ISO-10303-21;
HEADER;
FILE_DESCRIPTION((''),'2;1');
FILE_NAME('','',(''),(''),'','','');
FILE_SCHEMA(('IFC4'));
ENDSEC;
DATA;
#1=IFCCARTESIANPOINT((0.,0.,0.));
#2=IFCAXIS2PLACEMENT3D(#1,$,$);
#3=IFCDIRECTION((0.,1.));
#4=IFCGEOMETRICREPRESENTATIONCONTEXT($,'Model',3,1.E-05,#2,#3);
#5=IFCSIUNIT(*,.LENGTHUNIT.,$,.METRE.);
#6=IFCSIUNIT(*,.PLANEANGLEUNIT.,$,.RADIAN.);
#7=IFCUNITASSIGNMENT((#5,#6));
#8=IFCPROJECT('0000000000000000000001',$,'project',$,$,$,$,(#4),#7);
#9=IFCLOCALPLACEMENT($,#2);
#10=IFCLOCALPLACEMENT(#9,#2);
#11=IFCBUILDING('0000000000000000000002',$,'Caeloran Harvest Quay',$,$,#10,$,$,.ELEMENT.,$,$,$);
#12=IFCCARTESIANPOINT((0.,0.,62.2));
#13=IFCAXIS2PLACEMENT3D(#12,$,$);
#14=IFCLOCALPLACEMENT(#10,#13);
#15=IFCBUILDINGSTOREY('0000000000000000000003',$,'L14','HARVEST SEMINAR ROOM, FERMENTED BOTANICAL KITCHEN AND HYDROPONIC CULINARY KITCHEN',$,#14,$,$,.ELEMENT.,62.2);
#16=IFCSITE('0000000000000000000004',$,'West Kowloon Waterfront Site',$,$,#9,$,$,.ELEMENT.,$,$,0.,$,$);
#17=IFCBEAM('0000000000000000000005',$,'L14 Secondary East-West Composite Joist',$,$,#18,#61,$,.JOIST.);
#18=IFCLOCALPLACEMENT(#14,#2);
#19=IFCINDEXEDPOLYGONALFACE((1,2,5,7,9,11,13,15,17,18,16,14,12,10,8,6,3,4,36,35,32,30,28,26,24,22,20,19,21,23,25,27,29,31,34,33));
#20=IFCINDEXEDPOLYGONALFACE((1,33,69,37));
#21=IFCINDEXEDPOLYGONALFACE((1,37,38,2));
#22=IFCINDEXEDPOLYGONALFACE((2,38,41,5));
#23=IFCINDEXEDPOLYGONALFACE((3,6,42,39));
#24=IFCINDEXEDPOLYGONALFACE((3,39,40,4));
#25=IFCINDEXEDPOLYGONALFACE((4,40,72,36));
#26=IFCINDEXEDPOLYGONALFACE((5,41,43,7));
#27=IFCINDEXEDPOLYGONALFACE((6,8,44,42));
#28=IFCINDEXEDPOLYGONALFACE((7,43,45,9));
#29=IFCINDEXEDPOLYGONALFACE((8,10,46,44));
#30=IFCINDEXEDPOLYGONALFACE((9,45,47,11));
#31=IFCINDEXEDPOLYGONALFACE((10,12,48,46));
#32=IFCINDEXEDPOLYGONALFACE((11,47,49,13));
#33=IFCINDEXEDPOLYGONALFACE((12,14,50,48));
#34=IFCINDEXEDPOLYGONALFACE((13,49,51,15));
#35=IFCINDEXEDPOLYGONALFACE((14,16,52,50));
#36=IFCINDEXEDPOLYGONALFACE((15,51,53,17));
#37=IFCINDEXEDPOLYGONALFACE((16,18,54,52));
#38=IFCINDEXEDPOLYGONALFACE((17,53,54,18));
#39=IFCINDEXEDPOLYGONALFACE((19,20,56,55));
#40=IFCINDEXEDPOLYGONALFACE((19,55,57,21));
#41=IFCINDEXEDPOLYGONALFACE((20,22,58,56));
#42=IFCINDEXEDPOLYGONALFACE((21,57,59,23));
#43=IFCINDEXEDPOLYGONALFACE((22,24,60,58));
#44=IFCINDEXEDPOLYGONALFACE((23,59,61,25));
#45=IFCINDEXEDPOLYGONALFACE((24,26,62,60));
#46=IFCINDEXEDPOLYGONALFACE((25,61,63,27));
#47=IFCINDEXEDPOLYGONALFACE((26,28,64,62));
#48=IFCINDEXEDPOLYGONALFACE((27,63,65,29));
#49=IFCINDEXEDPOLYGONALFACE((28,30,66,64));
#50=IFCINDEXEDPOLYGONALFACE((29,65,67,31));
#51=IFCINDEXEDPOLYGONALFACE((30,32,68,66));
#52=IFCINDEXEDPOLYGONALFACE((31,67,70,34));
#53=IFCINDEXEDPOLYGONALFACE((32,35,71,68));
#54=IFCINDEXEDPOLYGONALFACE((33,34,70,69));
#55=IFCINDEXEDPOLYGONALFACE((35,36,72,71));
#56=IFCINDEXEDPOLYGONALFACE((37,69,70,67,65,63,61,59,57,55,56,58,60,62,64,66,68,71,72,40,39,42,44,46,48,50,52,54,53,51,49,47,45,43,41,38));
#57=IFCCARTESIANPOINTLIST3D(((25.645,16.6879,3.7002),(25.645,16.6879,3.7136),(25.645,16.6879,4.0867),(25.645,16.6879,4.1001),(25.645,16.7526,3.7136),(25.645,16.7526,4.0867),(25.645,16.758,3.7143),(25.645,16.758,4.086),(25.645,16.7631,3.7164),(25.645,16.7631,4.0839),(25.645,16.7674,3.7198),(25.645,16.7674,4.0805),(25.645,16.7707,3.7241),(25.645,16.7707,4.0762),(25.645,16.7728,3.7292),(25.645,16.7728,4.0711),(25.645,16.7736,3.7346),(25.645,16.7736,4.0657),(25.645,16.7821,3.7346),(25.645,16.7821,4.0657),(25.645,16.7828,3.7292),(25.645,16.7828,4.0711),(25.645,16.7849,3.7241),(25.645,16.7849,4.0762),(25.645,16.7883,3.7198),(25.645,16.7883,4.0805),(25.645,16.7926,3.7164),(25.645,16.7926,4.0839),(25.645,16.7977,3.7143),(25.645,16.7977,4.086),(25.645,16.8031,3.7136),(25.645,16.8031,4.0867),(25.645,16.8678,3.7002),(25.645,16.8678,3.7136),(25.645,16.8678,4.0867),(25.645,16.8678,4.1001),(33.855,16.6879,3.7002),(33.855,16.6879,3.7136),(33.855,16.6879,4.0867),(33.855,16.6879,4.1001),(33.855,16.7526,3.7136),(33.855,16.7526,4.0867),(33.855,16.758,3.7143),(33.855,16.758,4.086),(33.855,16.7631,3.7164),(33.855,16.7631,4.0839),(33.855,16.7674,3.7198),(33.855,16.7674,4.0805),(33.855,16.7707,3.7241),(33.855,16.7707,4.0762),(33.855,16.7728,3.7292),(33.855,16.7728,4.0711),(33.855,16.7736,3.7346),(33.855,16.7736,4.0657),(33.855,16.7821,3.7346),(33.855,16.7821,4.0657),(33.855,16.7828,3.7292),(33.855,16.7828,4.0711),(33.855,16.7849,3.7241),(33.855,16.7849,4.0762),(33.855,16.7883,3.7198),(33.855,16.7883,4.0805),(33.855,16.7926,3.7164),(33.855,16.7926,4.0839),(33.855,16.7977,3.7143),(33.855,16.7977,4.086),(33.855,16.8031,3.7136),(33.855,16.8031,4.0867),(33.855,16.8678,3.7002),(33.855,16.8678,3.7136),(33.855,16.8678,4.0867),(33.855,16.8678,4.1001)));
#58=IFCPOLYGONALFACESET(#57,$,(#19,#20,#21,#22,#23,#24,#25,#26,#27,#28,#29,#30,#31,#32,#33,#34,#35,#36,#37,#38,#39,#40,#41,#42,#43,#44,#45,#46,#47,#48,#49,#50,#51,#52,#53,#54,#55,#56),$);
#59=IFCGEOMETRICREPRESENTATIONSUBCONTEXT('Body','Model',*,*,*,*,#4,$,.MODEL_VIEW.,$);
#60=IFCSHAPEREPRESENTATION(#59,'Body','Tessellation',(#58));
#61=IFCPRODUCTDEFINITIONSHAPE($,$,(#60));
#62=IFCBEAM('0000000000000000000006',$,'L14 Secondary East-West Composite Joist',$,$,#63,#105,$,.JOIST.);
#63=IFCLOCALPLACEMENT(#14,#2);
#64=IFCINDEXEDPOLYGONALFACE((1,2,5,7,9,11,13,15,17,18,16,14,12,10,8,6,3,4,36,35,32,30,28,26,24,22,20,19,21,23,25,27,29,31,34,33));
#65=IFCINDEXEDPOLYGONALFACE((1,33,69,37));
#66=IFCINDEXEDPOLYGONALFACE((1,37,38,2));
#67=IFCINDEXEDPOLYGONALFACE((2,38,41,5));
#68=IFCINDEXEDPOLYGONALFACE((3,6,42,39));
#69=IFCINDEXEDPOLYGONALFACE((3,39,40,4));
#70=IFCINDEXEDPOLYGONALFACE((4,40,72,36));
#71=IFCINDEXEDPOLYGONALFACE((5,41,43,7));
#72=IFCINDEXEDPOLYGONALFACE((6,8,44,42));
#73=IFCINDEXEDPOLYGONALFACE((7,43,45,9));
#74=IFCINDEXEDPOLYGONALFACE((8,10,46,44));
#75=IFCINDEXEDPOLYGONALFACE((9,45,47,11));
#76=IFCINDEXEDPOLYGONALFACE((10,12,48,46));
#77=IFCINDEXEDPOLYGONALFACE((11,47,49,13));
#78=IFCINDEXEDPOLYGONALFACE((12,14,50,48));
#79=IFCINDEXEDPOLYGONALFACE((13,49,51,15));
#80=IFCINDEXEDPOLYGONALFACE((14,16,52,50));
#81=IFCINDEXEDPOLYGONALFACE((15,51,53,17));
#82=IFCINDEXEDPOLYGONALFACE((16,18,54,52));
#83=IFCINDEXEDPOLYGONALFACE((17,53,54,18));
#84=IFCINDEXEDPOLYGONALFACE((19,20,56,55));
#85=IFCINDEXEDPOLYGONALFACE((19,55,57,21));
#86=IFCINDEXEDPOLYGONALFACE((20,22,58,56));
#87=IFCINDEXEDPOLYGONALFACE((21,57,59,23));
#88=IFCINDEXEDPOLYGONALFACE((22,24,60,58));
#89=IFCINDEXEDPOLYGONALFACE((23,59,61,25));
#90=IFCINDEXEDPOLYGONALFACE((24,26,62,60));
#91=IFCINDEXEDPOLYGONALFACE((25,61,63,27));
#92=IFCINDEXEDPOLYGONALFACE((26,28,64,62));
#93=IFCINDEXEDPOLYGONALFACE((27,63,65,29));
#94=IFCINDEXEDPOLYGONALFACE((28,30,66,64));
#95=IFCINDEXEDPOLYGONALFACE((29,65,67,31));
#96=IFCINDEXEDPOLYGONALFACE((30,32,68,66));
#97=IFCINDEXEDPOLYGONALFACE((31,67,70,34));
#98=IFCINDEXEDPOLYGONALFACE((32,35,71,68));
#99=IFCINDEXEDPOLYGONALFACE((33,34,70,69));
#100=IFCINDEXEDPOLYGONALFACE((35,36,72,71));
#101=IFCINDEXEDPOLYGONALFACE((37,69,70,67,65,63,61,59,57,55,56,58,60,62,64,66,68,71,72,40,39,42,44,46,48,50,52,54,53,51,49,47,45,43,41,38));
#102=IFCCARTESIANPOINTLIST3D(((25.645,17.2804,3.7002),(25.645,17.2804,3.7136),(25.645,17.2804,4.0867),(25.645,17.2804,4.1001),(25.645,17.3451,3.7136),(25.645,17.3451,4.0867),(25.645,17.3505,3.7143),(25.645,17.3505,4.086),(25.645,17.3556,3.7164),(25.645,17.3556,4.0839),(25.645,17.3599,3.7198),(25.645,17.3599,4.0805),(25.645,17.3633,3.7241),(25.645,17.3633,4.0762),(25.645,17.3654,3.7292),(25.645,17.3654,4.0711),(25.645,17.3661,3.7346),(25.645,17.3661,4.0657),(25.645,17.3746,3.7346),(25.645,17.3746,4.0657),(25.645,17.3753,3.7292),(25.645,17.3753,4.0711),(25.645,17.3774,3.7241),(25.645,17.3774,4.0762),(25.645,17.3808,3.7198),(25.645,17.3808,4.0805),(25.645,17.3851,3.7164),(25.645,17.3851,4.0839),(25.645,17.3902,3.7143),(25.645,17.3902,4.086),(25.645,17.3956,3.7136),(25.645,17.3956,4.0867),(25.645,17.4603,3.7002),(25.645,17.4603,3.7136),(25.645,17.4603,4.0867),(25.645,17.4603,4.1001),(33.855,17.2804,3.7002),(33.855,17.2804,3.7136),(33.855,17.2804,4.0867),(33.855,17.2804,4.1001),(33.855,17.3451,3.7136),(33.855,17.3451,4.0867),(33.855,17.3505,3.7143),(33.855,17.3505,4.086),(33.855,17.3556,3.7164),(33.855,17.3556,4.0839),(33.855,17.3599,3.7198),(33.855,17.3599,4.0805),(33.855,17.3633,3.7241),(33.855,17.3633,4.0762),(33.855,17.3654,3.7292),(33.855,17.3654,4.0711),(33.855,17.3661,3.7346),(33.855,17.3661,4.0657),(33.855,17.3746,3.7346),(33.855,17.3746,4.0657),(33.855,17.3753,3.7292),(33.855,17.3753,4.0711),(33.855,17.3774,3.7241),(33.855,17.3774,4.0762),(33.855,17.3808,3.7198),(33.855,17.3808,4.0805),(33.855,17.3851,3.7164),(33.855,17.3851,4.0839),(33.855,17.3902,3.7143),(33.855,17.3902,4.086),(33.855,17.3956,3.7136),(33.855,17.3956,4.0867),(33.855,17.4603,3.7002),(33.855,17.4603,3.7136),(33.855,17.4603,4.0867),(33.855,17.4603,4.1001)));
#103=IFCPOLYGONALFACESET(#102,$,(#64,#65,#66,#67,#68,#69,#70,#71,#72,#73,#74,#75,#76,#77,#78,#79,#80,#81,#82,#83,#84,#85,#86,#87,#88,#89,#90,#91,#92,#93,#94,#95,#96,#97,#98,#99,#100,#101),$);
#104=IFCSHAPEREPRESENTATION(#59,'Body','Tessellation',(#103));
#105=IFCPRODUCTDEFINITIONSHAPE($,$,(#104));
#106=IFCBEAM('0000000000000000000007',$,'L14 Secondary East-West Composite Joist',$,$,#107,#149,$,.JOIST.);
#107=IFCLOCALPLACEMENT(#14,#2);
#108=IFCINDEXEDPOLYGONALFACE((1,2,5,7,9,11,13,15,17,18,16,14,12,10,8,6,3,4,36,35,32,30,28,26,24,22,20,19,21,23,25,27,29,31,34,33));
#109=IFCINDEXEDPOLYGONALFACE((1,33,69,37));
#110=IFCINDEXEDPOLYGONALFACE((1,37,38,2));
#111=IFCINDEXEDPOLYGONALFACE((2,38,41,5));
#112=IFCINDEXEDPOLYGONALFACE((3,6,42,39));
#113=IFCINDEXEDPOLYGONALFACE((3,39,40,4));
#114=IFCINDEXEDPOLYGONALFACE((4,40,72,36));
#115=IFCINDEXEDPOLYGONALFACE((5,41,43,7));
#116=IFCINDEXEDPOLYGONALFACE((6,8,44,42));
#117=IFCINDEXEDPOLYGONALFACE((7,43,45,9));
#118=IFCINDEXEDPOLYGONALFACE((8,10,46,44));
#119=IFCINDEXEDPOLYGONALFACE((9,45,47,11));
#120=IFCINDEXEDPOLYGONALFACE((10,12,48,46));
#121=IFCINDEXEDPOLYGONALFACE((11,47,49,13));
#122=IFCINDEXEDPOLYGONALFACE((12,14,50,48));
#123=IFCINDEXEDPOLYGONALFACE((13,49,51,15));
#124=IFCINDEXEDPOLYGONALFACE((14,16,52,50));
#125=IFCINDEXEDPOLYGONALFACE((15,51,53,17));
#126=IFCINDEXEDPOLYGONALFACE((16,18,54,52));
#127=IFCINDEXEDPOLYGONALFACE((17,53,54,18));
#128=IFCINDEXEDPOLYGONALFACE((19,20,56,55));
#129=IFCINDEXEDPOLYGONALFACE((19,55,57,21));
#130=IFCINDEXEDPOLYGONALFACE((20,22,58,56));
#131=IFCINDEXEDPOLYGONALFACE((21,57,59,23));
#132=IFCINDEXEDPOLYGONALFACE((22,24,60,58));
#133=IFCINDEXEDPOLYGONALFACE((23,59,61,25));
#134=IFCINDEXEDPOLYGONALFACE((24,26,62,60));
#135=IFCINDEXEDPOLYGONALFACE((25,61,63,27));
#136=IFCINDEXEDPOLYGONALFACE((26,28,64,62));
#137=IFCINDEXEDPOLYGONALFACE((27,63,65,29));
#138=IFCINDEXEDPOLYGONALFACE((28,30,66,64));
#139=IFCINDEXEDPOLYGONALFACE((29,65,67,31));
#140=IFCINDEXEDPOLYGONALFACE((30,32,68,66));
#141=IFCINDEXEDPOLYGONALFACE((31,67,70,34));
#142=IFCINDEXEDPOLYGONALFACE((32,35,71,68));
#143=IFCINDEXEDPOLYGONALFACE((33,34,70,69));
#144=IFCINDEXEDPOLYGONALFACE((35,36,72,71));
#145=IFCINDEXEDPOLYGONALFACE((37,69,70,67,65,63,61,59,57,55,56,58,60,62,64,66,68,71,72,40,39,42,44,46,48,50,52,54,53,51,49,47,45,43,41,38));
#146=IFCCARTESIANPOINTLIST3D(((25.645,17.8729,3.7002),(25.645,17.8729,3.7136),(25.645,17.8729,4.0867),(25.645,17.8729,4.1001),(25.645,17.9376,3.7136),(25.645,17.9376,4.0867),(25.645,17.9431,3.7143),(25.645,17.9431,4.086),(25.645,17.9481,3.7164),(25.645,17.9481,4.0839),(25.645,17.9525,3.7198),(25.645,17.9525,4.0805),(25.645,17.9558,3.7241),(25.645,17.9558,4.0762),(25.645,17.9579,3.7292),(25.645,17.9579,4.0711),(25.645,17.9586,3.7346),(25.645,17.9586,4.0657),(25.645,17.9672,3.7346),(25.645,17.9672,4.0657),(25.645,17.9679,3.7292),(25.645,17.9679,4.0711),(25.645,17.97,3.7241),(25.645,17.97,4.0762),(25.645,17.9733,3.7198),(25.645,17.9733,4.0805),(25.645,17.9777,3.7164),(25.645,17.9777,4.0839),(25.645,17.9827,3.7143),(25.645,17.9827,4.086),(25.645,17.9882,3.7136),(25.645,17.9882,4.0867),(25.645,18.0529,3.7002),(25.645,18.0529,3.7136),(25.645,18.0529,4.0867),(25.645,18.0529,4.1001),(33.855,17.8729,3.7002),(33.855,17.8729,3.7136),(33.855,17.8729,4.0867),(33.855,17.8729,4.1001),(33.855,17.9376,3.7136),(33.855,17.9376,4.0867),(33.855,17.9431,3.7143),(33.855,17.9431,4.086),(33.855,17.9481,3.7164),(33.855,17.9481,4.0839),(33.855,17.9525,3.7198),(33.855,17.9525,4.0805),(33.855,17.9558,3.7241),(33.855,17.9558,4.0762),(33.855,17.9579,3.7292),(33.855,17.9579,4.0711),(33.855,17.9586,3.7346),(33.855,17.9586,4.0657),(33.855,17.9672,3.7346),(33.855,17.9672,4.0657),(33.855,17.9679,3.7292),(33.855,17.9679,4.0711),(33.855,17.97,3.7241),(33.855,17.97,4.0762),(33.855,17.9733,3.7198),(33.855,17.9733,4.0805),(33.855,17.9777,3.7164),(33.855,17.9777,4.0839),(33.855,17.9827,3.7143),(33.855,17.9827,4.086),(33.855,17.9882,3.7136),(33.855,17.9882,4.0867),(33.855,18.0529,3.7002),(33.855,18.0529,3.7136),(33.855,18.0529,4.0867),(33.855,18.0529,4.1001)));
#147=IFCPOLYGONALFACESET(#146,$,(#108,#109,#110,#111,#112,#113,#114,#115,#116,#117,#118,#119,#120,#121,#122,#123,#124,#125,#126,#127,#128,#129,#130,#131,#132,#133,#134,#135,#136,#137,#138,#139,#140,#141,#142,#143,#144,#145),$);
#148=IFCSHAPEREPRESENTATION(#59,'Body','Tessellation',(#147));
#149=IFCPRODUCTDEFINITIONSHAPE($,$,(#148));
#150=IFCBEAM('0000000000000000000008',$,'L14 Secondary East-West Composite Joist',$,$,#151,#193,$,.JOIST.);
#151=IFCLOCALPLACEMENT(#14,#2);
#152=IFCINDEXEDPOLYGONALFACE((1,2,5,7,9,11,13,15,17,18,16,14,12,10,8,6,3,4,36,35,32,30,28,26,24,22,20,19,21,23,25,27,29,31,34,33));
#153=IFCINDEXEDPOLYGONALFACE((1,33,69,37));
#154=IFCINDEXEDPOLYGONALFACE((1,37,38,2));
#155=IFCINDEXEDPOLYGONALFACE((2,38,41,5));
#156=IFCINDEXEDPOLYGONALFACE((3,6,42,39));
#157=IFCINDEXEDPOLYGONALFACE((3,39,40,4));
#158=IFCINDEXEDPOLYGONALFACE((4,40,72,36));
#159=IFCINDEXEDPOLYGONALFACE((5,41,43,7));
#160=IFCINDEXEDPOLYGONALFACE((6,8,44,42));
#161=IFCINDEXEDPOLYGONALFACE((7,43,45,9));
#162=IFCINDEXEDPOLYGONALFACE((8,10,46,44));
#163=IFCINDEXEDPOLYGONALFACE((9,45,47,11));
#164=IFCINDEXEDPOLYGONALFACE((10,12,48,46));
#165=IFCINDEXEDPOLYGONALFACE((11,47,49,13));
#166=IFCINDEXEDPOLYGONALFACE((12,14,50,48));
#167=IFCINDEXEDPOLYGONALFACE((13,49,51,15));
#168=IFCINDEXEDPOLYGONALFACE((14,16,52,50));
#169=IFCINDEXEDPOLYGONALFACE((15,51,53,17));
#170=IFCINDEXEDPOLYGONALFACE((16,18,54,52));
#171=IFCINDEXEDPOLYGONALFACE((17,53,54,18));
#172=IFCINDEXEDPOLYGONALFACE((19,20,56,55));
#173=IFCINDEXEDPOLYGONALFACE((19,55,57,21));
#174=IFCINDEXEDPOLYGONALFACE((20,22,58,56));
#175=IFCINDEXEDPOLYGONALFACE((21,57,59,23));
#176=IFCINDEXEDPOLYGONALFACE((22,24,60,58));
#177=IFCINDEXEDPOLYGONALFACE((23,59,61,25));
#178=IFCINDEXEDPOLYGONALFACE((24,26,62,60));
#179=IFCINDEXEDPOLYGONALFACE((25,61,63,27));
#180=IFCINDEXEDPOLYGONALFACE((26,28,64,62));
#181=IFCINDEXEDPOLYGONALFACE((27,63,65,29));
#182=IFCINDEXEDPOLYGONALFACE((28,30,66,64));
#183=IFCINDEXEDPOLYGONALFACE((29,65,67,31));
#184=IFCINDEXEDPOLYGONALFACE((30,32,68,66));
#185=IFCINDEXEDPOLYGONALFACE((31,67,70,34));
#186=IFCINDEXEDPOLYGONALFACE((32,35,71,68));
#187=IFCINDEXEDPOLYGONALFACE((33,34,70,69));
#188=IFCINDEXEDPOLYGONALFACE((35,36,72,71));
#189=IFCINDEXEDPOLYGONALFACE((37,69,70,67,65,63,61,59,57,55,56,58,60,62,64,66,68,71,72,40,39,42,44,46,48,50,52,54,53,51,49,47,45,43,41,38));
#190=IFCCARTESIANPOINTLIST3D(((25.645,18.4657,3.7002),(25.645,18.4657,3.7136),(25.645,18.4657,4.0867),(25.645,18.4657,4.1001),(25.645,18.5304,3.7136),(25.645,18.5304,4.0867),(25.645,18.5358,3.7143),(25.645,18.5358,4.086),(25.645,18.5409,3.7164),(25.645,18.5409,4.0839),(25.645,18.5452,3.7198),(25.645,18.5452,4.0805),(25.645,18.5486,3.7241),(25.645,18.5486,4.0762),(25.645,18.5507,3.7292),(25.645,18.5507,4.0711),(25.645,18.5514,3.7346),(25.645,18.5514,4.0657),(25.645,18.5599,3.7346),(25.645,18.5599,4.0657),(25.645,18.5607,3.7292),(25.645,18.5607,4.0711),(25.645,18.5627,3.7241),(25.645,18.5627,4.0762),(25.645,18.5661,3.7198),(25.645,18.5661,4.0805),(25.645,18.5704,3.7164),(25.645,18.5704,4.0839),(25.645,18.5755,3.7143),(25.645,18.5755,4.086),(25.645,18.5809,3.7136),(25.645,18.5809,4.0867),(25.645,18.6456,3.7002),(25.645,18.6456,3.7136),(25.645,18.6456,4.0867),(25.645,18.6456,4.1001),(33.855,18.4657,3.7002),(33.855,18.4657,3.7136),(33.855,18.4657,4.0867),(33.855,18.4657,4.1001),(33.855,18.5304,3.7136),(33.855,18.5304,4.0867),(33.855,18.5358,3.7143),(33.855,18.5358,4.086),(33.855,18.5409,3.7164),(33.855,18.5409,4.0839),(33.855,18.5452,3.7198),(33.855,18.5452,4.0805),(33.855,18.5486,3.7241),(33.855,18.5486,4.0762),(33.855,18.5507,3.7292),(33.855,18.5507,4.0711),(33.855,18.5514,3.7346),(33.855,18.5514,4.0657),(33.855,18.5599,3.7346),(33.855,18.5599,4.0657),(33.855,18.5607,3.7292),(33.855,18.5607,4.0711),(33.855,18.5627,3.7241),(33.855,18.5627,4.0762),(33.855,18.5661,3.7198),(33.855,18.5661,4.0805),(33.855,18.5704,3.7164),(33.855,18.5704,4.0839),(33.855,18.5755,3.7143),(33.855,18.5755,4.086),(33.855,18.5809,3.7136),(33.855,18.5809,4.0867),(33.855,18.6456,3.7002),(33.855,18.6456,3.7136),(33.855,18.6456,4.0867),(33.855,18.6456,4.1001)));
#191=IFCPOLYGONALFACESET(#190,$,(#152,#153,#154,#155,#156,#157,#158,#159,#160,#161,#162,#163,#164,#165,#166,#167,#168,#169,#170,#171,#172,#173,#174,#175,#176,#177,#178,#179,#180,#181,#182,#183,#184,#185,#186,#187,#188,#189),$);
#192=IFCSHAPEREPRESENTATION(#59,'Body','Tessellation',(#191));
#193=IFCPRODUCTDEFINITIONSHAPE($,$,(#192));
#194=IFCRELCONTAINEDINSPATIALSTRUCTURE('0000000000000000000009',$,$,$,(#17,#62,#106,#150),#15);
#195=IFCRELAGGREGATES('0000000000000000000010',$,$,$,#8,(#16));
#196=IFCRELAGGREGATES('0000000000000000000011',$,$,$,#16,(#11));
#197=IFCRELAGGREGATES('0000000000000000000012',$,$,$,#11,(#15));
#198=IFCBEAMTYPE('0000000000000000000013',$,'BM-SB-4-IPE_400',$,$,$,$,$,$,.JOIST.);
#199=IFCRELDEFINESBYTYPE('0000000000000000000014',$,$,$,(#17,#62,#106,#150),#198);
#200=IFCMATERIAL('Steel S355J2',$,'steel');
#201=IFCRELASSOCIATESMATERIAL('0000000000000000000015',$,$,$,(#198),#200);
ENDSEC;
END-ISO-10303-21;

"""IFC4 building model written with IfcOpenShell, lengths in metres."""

from ifc_helpers import new_model, si_unit, direction, frame, origin, origin_2d, place, context, subcontext, project, spatial, i_section, extrude, material, material_profile, profile_set, type_object, element, save


model = new_model("IFC4")

# Units and contexts
model_context = context("Model", 3, precision=1e-05, world=origin(), true_north=direction((0.0, 1.0)))
body_context = subcontext(model_context, "Body", "Model", "MODEL_VIEW")
ifc_project = project(units=[si_unit("LENGTHUNIT", "METRE"), si_unit("PLANEANGLEUNIT", "RADIAN")], contexts=[model_context])

# Site, building, storey
site_placement = place(None, origin())
site = spatial("IfcSite", under=ifc_project, at=site_placement, Name="West Kowloon Waterfront Site", CompositionType="ELEMENT", RefElevation=0.0)
building_placement = place(site_placement, origin())
building = spatial("IfcBuilding", under=site, at=building_placement, Name="Caeloran Harvest Quay", CompositionType="ELEMENT")
storey_placement = place(building_placement, frame((0.0, 0.0, 62.2)))
storey = spatial("IfcBuildingStorey", under=building, at=storey_placement, Name="L14", Description="HARVEST SEMINAR ROOM, FERMENTED BOTANICAL KITCHEN AND HYDROPONIC CULINARY KITCHEN", CompositionType="ELEMENT", Elevation=62.2)

# Beams
ifc_material_1 = material(Name="Steel S355J2", Category="steel")
ifc_material_profile_1 = material_profile(ifc_material_1, i_section(OverallWidth=0.1799, OverallDepth=0.3999, WebThickness=0.0085, FlangeThickness=0.0134, FilletRadius=0.021, at=origin_2d()), Name="IPE 400")
ifc_profile_set_1 = profile_set([ifc_material_profile_1], Name="Steel S355J2")
beam_type_1 = type_object("IfcBeamType", Name="BM-SB-4-IPE_400", PredefinedType="JOIST", material=ifc_profile_set_1)
for number, where, z_axis, x_axis, name in (
    (1, (25.645, 16.7778, 3.9001), (1.0, 0.0, 0.0), (0.0, 1.0, 0.0), "L14 Secondary East-West Composite Joist"),
    (2, (25.645, 17.3704, 3.9001), (1.0, 0.0, 0.0), (0.0, 1.0, 0.0), "L14 Secondary East-West Composite Joist"),
    (3, (25.645, 17.9629, 3.9001), (1.0, 0.0, 0.0), (0.0, 1.0, 0.0), "L14 Secondary East-West Composite Joist"),
    (4, (25.645, 18.5557, 3.9001), (1.0, 0.0, 0.0), (0.0, 1.0, 0.0), "L14 Secondary East-West Composite Joist"),
):
    element("IfcBeam", number, at=place(storey_placement, frame(where, z_axis=z_axis, x_axis=x_axis)), inside=storey, type_object=beam_type_1, Name=name, PredefinedType="JOIST", context=body_context, shape_type="SweptSolid", body=[
        extrude(i_section(OverallWidth=0.1799, OverallDepth=0.3999, WebThickness=0.0085, FlangeThickness=0.0134, FilletRadius=0.021, at=origin_2d()), origin(), (0.0, 0.0, 1.0), 8.21),
    ])

save(model, "model.ifc")
